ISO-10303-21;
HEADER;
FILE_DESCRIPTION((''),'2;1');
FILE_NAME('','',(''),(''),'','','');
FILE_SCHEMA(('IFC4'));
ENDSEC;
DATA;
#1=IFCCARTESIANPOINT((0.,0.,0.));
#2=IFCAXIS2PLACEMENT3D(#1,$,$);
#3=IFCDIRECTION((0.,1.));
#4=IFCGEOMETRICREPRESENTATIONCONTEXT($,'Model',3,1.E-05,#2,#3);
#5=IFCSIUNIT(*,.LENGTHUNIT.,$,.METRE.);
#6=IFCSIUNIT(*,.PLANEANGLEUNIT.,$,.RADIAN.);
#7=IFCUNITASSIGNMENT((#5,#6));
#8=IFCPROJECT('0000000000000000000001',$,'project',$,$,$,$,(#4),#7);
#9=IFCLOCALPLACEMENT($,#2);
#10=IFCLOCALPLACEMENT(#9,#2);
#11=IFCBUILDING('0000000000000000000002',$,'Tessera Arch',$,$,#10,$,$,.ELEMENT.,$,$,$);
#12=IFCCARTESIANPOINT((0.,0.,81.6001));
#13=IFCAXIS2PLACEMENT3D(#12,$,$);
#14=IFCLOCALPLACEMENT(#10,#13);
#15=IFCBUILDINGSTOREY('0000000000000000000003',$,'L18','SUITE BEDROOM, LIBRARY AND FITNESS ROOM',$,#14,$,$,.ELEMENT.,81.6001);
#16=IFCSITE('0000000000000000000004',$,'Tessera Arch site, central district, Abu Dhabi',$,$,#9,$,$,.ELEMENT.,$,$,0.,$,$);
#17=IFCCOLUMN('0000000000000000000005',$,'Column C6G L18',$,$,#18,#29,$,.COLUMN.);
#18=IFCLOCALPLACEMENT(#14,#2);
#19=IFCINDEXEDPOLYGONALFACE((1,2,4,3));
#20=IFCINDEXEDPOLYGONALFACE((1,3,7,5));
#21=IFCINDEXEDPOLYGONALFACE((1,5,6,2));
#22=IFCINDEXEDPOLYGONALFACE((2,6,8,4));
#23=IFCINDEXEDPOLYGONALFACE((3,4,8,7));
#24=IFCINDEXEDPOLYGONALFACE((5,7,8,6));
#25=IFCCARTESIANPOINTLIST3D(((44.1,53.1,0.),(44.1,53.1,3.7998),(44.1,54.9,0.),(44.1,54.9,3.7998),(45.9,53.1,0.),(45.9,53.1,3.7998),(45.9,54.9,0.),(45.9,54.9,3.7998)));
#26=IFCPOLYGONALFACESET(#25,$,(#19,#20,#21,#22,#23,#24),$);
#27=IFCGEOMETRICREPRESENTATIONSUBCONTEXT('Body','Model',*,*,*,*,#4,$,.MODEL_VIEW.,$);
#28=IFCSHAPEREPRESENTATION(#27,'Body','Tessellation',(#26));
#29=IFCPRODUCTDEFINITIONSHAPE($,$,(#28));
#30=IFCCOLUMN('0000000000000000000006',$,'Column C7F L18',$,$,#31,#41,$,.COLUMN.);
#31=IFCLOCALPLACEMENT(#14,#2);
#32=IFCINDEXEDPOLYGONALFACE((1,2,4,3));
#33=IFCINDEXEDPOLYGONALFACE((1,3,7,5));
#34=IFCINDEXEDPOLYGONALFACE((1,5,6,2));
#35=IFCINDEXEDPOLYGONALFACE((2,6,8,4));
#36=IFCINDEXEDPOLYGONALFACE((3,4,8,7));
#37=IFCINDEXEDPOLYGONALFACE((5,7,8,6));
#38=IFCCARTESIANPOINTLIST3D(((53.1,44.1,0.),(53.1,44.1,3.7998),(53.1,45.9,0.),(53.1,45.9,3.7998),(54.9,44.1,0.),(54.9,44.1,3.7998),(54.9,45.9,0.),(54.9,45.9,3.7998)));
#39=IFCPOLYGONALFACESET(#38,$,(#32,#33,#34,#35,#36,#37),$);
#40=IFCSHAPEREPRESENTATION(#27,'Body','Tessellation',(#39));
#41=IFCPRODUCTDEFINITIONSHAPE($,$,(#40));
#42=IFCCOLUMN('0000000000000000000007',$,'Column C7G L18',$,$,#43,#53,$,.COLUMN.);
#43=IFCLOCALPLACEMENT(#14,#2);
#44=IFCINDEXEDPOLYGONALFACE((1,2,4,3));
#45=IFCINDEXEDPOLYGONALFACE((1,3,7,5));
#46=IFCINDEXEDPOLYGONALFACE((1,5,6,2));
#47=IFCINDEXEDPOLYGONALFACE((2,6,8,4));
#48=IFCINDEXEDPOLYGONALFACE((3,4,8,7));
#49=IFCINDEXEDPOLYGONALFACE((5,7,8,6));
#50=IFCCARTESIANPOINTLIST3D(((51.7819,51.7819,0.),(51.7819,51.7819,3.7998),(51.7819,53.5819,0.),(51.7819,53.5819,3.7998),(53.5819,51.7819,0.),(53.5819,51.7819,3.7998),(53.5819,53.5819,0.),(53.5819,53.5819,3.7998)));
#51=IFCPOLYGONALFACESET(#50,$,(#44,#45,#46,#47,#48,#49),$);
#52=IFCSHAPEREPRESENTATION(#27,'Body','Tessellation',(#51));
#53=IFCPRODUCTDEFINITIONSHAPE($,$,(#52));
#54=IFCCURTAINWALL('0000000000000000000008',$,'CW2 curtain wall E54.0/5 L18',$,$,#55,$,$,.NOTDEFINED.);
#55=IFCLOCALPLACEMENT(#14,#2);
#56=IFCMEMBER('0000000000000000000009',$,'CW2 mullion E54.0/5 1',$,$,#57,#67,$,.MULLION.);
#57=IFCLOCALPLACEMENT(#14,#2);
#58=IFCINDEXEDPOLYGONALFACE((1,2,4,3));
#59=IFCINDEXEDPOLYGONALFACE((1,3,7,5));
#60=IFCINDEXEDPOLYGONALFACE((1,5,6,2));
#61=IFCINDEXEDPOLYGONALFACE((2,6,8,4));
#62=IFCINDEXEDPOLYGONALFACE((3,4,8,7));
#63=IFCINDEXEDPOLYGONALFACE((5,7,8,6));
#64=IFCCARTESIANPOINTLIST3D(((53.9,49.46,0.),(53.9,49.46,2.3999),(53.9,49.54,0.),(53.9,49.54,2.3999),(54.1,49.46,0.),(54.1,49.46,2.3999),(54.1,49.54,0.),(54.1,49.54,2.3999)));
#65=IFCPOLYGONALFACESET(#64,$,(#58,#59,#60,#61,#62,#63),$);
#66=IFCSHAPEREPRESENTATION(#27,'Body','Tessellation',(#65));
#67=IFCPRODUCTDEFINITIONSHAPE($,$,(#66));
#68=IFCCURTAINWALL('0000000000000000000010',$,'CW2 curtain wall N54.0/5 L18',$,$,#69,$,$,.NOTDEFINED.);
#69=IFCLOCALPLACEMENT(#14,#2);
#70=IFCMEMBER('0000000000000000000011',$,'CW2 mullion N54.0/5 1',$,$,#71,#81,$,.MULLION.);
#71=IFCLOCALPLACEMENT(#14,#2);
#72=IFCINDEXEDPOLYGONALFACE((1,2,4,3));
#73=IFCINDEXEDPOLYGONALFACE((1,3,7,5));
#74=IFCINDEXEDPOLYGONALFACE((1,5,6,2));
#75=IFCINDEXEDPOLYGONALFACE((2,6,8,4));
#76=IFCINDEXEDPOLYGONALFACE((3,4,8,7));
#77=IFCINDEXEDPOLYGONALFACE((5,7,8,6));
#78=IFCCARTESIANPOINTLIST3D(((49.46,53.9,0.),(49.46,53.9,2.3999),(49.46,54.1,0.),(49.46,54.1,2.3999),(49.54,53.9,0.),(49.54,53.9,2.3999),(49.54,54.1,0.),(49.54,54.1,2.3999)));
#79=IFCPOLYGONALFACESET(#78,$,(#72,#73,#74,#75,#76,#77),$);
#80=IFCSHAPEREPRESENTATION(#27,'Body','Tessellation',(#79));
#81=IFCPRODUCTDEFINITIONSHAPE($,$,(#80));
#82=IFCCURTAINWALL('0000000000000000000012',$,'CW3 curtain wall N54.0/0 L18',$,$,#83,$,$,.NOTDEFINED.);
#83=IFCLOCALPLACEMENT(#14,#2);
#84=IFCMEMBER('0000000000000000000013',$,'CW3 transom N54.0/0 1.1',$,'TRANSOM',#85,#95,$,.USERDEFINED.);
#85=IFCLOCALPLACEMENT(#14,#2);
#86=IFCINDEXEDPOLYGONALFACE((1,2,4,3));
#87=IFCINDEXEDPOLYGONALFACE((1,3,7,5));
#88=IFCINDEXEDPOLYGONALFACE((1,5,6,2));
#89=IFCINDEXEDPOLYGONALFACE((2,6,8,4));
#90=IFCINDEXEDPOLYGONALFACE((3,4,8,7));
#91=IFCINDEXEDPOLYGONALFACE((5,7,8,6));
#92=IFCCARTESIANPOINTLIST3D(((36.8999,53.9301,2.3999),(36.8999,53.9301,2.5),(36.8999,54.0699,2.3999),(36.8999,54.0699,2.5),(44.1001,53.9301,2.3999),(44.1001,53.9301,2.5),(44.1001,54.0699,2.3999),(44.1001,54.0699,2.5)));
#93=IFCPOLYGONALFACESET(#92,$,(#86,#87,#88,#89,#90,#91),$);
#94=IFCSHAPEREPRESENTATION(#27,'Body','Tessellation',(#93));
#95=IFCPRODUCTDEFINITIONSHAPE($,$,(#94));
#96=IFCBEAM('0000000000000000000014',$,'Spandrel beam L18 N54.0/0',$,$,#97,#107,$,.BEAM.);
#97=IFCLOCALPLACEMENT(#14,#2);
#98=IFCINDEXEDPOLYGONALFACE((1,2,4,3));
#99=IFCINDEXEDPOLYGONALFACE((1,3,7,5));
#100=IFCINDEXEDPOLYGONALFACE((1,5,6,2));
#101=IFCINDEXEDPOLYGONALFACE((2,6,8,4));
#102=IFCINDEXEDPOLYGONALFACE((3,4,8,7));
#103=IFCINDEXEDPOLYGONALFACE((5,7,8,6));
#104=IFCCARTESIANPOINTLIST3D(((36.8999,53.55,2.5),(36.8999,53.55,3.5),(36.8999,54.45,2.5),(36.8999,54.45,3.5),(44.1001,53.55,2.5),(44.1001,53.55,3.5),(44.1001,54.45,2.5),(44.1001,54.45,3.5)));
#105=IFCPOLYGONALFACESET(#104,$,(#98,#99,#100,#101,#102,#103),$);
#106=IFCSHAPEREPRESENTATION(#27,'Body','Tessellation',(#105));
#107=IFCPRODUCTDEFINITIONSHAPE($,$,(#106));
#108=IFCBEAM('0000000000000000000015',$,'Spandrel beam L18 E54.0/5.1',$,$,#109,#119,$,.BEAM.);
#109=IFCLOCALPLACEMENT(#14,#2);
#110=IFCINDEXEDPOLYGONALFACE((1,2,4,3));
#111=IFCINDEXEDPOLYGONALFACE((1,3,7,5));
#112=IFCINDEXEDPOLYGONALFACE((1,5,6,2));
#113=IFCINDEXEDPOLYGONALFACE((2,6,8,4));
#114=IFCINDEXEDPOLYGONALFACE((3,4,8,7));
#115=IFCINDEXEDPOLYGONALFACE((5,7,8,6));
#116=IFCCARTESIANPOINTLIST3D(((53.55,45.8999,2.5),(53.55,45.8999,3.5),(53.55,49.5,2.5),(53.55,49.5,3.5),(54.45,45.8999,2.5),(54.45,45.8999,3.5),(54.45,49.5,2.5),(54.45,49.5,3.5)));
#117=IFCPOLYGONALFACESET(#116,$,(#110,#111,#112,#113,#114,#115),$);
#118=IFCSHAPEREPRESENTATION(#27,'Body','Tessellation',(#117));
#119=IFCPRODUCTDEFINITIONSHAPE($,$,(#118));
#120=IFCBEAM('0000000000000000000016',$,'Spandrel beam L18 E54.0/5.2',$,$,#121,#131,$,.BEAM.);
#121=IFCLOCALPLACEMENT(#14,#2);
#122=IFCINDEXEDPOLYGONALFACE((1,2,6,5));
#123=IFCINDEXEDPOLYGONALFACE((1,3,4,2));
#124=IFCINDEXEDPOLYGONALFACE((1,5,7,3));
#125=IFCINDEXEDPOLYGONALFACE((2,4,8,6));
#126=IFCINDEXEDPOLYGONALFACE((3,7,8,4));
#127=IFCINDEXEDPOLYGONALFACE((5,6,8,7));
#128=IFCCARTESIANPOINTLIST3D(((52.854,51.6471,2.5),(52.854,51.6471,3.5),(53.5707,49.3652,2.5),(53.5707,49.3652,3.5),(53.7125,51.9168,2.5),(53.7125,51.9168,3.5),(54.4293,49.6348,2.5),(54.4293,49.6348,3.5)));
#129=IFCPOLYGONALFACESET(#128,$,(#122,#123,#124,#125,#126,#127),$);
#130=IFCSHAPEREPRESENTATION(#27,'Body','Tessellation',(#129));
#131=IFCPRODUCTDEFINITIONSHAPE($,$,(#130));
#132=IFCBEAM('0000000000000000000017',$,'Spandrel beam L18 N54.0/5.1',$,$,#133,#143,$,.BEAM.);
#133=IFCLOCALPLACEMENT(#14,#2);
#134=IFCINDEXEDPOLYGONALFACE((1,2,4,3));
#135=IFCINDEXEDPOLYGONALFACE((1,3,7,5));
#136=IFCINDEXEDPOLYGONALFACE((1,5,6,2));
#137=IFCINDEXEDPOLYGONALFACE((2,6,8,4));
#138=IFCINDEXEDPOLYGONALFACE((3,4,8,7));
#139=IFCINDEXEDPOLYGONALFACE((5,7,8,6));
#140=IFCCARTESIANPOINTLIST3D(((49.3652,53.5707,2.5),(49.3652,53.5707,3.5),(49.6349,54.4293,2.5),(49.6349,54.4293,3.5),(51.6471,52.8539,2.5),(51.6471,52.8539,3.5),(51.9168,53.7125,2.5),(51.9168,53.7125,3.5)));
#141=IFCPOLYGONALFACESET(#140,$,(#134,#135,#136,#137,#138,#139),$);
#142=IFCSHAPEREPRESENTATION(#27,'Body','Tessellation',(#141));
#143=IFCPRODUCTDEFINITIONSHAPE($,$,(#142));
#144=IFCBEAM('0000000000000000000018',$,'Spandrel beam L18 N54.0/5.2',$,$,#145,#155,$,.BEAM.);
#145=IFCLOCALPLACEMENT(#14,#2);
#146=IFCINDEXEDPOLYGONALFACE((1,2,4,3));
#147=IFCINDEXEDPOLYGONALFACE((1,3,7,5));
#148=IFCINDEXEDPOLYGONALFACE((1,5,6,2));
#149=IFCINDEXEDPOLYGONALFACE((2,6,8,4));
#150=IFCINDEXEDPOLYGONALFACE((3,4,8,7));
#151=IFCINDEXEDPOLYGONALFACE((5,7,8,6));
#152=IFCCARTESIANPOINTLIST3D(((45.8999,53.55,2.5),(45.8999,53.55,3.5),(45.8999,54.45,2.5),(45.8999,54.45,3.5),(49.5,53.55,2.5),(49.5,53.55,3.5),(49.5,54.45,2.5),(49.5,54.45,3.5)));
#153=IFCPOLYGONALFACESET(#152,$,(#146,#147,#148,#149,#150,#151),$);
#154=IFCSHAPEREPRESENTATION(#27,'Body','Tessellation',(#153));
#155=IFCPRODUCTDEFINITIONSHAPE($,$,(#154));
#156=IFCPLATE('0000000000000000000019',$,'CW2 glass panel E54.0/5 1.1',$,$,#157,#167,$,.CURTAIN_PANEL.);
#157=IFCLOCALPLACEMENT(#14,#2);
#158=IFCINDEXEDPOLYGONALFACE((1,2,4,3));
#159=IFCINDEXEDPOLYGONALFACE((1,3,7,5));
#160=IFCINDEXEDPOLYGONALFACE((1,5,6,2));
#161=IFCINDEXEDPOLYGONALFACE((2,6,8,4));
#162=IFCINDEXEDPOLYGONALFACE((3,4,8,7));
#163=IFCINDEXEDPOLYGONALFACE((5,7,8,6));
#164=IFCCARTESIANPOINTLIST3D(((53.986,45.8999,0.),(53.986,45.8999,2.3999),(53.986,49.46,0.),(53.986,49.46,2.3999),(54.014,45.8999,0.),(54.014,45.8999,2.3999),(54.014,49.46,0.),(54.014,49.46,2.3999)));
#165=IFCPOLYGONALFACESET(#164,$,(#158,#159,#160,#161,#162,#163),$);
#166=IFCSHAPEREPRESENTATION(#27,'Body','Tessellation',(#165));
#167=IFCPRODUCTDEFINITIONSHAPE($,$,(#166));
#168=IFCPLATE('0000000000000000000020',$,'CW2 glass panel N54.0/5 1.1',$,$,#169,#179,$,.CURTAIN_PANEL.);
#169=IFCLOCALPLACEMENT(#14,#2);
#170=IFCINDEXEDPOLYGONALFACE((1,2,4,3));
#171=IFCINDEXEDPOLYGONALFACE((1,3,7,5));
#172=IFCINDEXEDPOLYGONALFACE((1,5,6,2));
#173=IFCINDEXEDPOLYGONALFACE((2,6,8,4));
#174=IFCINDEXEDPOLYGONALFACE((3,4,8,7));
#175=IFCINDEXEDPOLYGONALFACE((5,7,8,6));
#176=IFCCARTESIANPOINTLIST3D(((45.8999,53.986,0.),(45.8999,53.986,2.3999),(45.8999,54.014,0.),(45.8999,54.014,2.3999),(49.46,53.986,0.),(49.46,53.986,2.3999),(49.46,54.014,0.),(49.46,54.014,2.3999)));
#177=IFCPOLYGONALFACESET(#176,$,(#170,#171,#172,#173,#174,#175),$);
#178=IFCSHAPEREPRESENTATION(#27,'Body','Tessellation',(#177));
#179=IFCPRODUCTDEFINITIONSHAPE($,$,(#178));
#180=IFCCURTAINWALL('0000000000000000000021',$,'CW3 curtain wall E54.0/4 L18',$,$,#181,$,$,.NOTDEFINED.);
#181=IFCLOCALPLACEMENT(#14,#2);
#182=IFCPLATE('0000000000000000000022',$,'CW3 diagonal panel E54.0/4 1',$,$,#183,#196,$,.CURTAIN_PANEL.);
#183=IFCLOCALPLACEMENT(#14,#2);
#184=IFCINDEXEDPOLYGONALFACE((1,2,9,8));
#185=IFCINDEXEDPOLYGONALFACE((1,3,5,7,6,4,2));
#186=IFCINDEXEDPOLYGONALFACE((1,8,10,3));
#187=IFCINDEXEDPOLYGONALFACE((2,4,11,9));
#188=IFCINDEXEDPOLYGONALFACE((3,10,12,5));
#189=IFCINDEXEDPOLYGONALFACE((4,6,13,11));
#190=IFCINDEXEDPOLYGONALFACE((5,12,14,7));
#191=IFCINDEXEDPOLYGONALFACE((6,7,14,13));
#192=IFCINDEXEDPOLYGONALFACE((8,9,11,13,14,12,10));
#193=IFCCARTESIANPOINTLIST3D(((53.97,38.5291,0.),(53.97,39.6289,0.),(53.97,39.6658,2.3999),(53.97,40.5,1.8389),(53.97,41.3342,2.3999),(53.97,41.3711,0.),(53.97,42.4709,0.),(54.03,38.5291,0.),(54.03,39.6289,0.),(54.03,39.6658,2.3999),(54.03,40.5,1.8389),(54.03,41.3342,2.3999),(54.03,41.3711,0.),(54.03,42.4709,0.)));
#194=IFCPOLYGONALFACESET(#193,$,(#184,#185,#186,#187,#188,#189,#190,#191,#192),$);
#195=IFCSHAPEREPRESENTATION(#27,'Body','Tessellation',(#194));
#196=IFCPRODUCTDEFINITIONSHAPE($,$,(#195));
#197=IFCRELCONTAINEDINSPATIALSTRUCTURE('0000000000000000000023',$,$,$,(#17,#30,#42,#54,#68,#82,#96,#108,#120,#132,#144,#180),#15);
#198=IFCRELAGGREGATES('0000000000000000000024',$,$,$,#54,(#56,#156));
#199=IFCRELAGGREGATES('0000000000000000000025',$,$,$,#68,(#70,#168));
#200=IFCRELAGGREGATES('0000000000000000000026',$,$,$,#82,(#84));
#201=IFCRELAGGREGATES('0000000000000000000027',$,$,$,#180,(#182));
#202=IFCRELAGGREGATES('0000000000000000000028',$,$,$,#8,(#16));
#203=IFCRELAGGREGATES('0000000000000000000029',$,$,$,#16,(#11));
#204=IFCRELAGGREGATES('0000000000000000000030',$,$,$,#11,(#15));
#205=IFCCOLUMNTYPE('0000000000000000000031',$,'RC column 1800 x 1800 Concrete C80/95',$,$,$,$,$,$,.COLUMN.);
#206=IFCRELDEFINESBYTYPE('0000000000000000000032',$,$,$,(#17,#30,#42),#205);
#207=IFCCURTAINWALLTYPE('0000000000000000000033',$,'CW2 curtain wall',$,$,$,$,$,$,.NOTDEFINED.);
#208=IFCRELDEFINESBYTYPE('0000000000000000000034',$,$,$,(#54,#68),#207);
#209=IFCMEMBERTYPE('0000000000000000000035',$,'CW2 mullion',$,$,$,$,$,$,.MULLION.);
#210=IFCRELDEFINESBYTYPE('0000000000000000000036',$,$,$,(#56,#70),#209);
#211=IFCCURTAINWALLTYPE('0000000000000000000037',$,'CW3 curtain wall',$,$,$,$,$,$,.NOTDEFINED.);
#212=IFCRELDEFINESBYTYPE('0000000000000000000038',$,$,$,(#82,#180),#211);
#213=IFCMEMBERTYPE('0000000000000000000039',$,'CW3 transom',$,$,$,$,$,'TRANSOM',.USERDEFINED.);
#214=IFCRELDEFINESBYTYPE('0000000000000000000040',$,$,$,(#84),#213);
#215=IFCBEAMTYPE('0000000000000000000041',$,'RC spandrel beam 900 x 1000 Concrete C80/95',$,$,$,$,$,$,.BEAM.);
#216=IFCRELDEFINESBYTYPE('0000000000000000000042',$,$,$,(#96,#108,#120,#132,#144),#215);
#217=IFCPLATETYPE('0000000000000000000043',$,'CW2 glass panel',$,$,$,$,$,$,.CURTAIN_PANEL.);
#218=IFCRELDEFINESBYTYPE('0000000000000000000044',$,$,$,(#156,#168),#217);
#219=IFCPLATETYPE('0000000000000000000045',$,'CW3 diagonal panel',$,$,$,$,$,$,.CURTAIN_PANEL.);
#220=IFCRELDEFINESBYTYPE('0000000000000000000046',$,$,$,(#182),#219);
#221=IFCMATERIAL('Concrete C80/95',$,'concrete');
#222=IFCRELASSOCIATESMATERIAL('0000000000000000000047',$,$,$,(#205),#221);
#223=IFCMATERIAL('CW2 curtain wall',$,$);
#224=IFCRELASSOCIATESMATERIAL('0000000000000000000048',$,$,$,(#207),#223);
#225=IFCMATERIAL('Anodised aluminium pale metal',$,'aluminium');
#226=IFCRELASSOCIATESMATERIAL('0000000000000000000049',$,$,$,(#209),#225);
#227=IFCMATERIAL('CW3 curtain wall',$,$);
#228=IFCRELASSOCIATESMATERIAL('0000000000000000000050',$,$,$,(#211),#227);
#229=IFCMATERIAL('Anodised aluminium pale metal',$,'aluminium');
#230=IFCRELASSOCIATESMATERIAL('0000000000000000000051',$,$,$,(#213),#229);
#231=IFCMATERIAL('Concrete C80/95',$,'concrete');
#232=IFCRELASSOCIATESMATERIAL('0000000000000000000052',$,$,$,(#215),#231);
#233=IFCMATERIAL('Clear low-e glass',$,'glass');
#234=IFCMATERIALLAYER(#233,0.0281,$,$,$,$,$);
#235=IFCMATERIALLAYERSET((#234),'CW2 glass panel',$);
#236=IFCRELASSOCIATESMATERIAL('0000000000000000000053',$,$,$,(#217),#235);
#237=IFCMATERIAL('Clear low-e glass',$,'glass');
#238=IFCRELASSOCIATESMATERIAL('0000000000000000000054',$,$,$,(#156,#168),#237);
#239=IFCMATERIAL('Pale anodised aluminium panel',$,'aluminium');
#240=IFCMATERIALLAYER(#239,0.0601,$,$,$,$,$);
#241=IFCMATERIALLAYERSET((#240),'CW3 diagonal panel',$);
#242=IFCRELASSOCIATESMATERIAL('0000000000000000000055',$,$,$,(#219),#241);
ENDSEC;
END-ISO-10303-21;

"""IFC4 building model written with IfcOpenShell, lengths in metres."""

from ifc_helpers import new_model, si_unit, direction, frame, origin, origin_2d, place, context, subcontext, project, spatial, polyline, rectangle, outline, extrude, material, layer, layer_set, material_profile, profile_set, type_object, element, aggregate, save


model = new_model("IFC4")

# Units and contexts
model_context = context("Model", 3, precision=1e-05, world=origin(), true_north=direction((0.0, 1.0)))
body_context = subcontext(model_context, "Body", "Model", "MODEL_VIEW")
ifc_project = project(units=[si_unit("LENGTHUNIT", "METRE"), si_unit("PLANEANGLEUNIT", "RADIAN")], contexts=[model_context])

# Site, building, storey
site_placement = place(None, origin())
site = spatial("IfcSite", under=ifc_project, at=site_placement, Name="Tessera Arch site, central district, Abu Dhabi", CompositionType="ELEMENT", RefElevation=0.0)
building_placement = place(site_placement, origin())
building = spatial("IfcBuilding", under=site, at=building_placement, Name="Tessera Arch", CompositionType="ELEMENT")
storey_placement = place(building_placement, frame((0.0, 0.0, 81.6001)))
storey = spatial("IfcBuildingStorey", under=building, at=storey_placement, Name="L18", Description="SUITE BEDROOM, LIBRARY AND FITNESS ROOM", CompositionType="ELEMENT", Elevation=81.6001)

# Columns
ifc_material_1 = material(Name="Concrete C80/95", Category="concrete")
ifc_material_profile_1 = material_profile(ifc_material_1, rectangle(XDim=1.8, YDim=1.8, at=origin_2d()), Name="RC column 1800 x 1800 Concrete C80/95")
ifc_profile_set_1 = profile_set([ifc_material_profile_1], Name="Concrete C80/95")
column_type = type_object("IfcColumnType", Name="RC column 1800 x 1800 Concrete C80/95", PredefinedType="COLUMN", material=ifc_profile_set_1)
for number, where, z_axis, x_axis, name in (
    (1, (45.0, 54.0, 0.0), (0.0, 0.0, 1.0), (1.0, 0.0, 0.0), "Column C6G L18"),
    (2, (54.0, 45.0, 0.0), (0.0, 0.0, 1.0), (1.0, 0.0, 0.0), "Column C7F L18"),
    (3, (52.6819, 52.6819, 0.0), (0.0, 0.0, 1.0), (1.0, 0.0, 0.0), "Column C7G L18"),
):
    element("IfcColumn", number, at=place(storey_placement, frame(where, z_axis=z_axis, x_axis=x_axis)), inside=storey, type_object=column_type, Name=name, PredefinedType="COLUMN", context=body_context, shape_type="SweptSolid", body=[
        extrude(rectangle(XDim=1.8, YDim=1.8, at=origin_2d()), origin(), (0.0, 0.0, 1.0), 3.7998),
    ])

# Curtain walls, members
ifc_material_2 = material(Name="CW2 curtain wall")
curtain_wall_type_1 = type_object("IfcCurtainWallType", Name="CW2 curtain wall", PredefinedType="NOTDEFINED", material=ifc_material_2)
curtain_wall_1_placement = place(storey_placement, origin())
curtain_wall_1 = element("IfcCurtainWall", 4, at=curtain_wall_1_placement, inside=storey, type_object=curtain_wall_type_1, Name="CW2 curtain wall E54.0/5 L18", PredefinedType="NOTDEFINED")
ifc_material_3 = material(Name="Anodised aluminium pale metal", Category="aluminium")
ifc_material_profile_2 = material_profile(ifc_material_3, rectangle(XDim=0.2, YDim=0.0801, at=origin_2d()), Name="AL 80x200")
ifc_profile_set_2 = profile_set([ifc_material_profile_2], Name="Anodised aluminium pale metal")
member_type_1 = type_object("IfcMemberType", Name="CW2 mullion", PredefinedType="MULLION", material=ifc_profile_set_2)
member_1_placement = place(storey_placement, frame((54.0, 49.5, 0.0), z_axis=(0.0, 0.0, 1.0), x_axis=(-1.0, 0.0, 0.0)))
member_1 = element("IfcMember", 5, at=member_1_placement, type_object=member_type_1, Name="CW2 mullion E54.0/5 1", PredefinedType="MULLION", context=body_context, shape_type="SweptSolid", body=[
    extrude(rectangle(XDim=0.2, YDim=0.0801, at=origin_2d()), origin(), (0.0, 0.0, 1.0), 2.3999),
])
curtain_wall_2_placement = place(storey_placement, origin())
curtain_wall_2 = element("IfcCurtainWall", 6, at=curtain_wall_2_placement, inside=storey, type_object=curtain_wall_type_1, Name="CW2 curtain wall N54.0/5 L18", PredefinedType="NOTDEFINED")
member_2_placement = place(storey_placement, frame((49.5, 54.0, 0.0), z_axis=(0.0, 0.0, 1.0), x_axis=(0.0, -1.0, 0.0)))
member_2 = element("IfcMember", 7, at=member_2_placement, type_object=member_type_1, Name="CW2 mullion N54.0/5 1", PredefinedType="MULLION", context=body_context, shape_type="SweptSolid", body=[
    extrude(rectangle(XDim=0.2, YDim=0.0801, at=origin_2d()), origin(), (0.0, 0.0, 1.0), 2.3999),
])
ifc_material_4 = material(Name="CW3 curtain wall")
curtain_wall_type_2 = type_object("IfcCurtainWallType", Name="CW3 curtain wall", PredefinedType="NOTDEFINED", material=ifc_material_4)
curtain_wall_3_placement = place(storey_placement, origin())
curtain_wall_3 = element("IfcCurtainWall", 8, at=curtain_wall_3_placement, inside=storey, type_object=curtain_wall_type_2, Name="CW3 curtain wall N54.0/0 L18", PredefinedType="NOTDEFINED")
ifc_material_5 = material(Name="Anodised aluminium pale metal", Category="aluminium")
ifc_material_profile_3 = material_profile(ifc_material_5, rectangle(XDim=0.1399, YDim=0.1001, at=origin_2d()), Name="AL 140x100")
ifc_profile_set_3 = profile_set([ifc_material_profile_3], Name="Anodised aluminium pale metal")
member_type_2 = type_object("IfcMemberType", Name="CW3 transom", ElementType="TRANSOM", PredefinedType="USERDEFINED", material=ifc_profile_set_3)
member_3_placement = place(storey_placement, frame((44.1001, 54.0, 2.45), z_axis=(-1.0, 0.0, 0.0), x_axis=(0.0, -1.0, 0.0)))
member_3 = element("IfcMember", 9, at=member_3_placement, type_object=member_type_2, Name="CW3 transom N54.0/0 1.1", ObjectType="TRANSOM", PredefinedType="USERDEFINED", context=body_context, shape_type="SweptSolid", body=[
    extrude(rectangle(XDim=0.1399, YDim=0.1001, at=origin_2d()), origin(), (0.0, 0.0, 1.0), 7.2002),
])

# Beams
ifc_material_6 = material(Name="Concrete C80/95", Category="concrete")
ifc_material_profile_4 = material_profile(ifc_material_6, rectangle(XDim=0.8999, YDim=1.0, at=origin_2d()), Name="RC spandrel beam 900 x 1000 Concrete C80/95")
ifc_profile_set_4 = profile_set([ifc_material_profile_4], Name="Concrete C80/95")
beam_type = type_object("IfcBeamType", Name="RC spandrel beam 900 x 1000 Concrete C80/95", PredefinedType="BEAM", material=ifc_profile_set_4)
beam_1_placement = place(storey_placement, frame((44.1001, 54.0, 3.0), z_axis=(-1.0, 0.0, 0.0), x_axis=(0.0, -1.0, 0.0)))
element("IfcBeam", 10, at=beam_1_placement, inside=storey, type_object=beam_type, Name="Spandrel beam L18 N54.0/0", PredefinedType="BEAM", context=body_context, shape_type="SweptSolid", body=[
    extrude(rectangle(XDim=0.8999, YDim=1.0, at=origin_2d()), origin(), (0.0, 0.0, 1.0), 7.2002),
])
beam_2_placement = place(storey_placement, frame((54.0, 45.8999, 3.0), z_axis=(0.0, 1.0, 0.0), x_axis=(-1.0, 0.0, 0.0)))
element("IfcBeam", 11, at=beam_2_placement, inside=storey, type_object=beam_type, Name="Spandrel beam L18 E54.0/5.1", PredefinedType="BEAM", context=body_context, shape_type="SweptSolid", body=[
    extrude(rectangle(XDim=0.8999, YDim=1.0, at=origin_2d()), origin(), (0.0, 0.0, 1.0), 3.6001),
])
for number, where, z_axis, x_axis, name in (
    (12, (54.0, 49.5, 3.0), (-0.299675, 0.954041, 0.0), (-0.954041, -0.299675, 0.0), "Spandrel beam L18 E54.0/5.2"),
    (13, (51.782, 53.2832, 3.0), (-0.954041, 0.299675, 0.0), (-0.299675, -0.954041, 0.0), "Spandrel beam L18 N54.0/5.1"),
):
    element("IfcBeam", number, at=place(storey_placement, frame(where, z_axis=z_axis, x_axis=x_axis)), inside=storey, type_object=beam_type, Name=name, PredefinedType="BEAM", context=body_context, shape_type="SweptSolid", body=[
        extrude(rectangle(XDim=0.8999, YDim=1.0, at=origin_2d()), origin(), (0.0, 0.0, 1.0), 2.3918),
    ])
beam_3_placement = place(storey_placement, frame((49.5, 54.0, 3.0), z_axis=(-1.0, 0.0, 0.0), x_axis=(0.0, -1.0, 0.0)))
element("IfcBeam", 14, at=beam_3_placement, inside=storey, type_object=beam_type, Name="Spandrel beam L18 N54.0/5.2", PredefinedType="BEAM", context=body_context, shape_type="SweptSolid", body=[
    extrude(rectangle(XDim=0.8999, YDim=1.0, at=origin_2d()), origin(), (0.0, 0.0, 1.0), 3.6001),
])

# Plates
ifc_material_7 = material(Name="Clear low-e glass", Category="glass")
ifc_material_8 = material(Name="Clear low-e glass", Category="glass")
ifc_layer_1 = layer(ifc_material_8, 0.0281)
ifc_layer_set_1 = layer_set([ifc_layer_1], Name="CW2 glass panel")
plate_type_1 = type_object("IfcPlateType", Name="CW2 glass panel", PredefinedType="CURTAIN_PANEL", material=ifc_layer_set_1)
plate_1_placement = place(storey_placement, frame((54.0, 47.6799, 0.0), z_axis=(0.0, 0.0, 1.0), x_axis=(0.0, 1.0, 0.0)))
plate_1 = element("IfcPlate", 15, at=plate_1_placement, type_object=plate_type_1, material=ifc_material_7, Name="CW2 glass panel E54.0/5 1.1", PredefinedType="CURTAIN_PANEL", context=body_context, shape_type="SweptSolid", body=[
    extrude(rectangle(XDim=3.5601, YDim=0.0281, at=origin_2d()), origin(), (0.0, 0.0, 1.0), 2.3999),
])
aggregate(curtain_wall_1, [member_1, plate_1])
plate_2_placement = place(storey_placement, frame((47.6799, 54.0, 0.0), z_axis=(0.0, 0.0, 1.0), x_axis=(-1.0, 0.0, 0.0)))
plate_2 = element("IfcPlate", 16, at=plate_2_placement, type_object=plate_type_1, material=ifc_material_7, Name="CW2 glass panel N54.0/5 1.1", PredefinedType="CURTAIN_PANEL", context=body_context, shape_type="SweptSolid", body=[
    extrude(rectangle(XDim=3.5601, YDim=0.0281, at=origin_2d()), origin(), (0.0, 0.0, 1.0), 2.3999),
])
aggregate(curtain_wall_2, [member_2, plate_2])

# Curtain wall, plate
curtain_wall_4_placement = place(storey_placement, origin())
curtain_wall_4 = element("IfcCurtainWall", 17, at=curtain_wall_4_placement, inside=storey, type_object=curtain_wall_type_2, Name="CW3 curtain wall E54.0/4 L18", PredefinedType="NOTDEFINED")
ifc_material_9 = material(Name="Pale anodised aluminium panel", Category="aluminium")
ifc_layer_2 = layer(ifc_material_9, 0.0601)
ifc_layer_set_2 = layer_set([ifc_layer_2], Name="CW3 diagonal panel")
plate_type_2 = type_object("IfcPlateType", Name="CW3 diagonal panel", PredefinedType="CURTAIN_PANEL", material=ifc_layer_set_2)
plate_3_placement = place(storey_placement, frame((54.03, 41.3342, 2.3999), z_axis=(1.0, 0.0, 0.0), x_axis=(0.0, -1.0, 0.0)))
plate_3 = element("IfcPlate", 18, at=plate_3_placement, type_object=plate_type_2, Name="CW3 diagonal panel E54.0/4 1", PredefinedType="CURTAIN_PANEL", context=body_context, shape_type="SweptSolid", body=[
    extrude(outline(polyline([(0.0, 0.0), (1.6685, 0.0), (2.8052, 2.3999), (1.7053, 2.3999), (0.8342, 0.561), (-0.0369, 2.3999), (-1.1367, 2.3999), (0.0, 0.0)])), origin(), (0.0, 0.0, -1.0), 0.0601),
])

aggregate(curtain_wall_3, [member_3])

aggregate(curtain_wall_4, [plate_3])

save(model, "model.ifc")
